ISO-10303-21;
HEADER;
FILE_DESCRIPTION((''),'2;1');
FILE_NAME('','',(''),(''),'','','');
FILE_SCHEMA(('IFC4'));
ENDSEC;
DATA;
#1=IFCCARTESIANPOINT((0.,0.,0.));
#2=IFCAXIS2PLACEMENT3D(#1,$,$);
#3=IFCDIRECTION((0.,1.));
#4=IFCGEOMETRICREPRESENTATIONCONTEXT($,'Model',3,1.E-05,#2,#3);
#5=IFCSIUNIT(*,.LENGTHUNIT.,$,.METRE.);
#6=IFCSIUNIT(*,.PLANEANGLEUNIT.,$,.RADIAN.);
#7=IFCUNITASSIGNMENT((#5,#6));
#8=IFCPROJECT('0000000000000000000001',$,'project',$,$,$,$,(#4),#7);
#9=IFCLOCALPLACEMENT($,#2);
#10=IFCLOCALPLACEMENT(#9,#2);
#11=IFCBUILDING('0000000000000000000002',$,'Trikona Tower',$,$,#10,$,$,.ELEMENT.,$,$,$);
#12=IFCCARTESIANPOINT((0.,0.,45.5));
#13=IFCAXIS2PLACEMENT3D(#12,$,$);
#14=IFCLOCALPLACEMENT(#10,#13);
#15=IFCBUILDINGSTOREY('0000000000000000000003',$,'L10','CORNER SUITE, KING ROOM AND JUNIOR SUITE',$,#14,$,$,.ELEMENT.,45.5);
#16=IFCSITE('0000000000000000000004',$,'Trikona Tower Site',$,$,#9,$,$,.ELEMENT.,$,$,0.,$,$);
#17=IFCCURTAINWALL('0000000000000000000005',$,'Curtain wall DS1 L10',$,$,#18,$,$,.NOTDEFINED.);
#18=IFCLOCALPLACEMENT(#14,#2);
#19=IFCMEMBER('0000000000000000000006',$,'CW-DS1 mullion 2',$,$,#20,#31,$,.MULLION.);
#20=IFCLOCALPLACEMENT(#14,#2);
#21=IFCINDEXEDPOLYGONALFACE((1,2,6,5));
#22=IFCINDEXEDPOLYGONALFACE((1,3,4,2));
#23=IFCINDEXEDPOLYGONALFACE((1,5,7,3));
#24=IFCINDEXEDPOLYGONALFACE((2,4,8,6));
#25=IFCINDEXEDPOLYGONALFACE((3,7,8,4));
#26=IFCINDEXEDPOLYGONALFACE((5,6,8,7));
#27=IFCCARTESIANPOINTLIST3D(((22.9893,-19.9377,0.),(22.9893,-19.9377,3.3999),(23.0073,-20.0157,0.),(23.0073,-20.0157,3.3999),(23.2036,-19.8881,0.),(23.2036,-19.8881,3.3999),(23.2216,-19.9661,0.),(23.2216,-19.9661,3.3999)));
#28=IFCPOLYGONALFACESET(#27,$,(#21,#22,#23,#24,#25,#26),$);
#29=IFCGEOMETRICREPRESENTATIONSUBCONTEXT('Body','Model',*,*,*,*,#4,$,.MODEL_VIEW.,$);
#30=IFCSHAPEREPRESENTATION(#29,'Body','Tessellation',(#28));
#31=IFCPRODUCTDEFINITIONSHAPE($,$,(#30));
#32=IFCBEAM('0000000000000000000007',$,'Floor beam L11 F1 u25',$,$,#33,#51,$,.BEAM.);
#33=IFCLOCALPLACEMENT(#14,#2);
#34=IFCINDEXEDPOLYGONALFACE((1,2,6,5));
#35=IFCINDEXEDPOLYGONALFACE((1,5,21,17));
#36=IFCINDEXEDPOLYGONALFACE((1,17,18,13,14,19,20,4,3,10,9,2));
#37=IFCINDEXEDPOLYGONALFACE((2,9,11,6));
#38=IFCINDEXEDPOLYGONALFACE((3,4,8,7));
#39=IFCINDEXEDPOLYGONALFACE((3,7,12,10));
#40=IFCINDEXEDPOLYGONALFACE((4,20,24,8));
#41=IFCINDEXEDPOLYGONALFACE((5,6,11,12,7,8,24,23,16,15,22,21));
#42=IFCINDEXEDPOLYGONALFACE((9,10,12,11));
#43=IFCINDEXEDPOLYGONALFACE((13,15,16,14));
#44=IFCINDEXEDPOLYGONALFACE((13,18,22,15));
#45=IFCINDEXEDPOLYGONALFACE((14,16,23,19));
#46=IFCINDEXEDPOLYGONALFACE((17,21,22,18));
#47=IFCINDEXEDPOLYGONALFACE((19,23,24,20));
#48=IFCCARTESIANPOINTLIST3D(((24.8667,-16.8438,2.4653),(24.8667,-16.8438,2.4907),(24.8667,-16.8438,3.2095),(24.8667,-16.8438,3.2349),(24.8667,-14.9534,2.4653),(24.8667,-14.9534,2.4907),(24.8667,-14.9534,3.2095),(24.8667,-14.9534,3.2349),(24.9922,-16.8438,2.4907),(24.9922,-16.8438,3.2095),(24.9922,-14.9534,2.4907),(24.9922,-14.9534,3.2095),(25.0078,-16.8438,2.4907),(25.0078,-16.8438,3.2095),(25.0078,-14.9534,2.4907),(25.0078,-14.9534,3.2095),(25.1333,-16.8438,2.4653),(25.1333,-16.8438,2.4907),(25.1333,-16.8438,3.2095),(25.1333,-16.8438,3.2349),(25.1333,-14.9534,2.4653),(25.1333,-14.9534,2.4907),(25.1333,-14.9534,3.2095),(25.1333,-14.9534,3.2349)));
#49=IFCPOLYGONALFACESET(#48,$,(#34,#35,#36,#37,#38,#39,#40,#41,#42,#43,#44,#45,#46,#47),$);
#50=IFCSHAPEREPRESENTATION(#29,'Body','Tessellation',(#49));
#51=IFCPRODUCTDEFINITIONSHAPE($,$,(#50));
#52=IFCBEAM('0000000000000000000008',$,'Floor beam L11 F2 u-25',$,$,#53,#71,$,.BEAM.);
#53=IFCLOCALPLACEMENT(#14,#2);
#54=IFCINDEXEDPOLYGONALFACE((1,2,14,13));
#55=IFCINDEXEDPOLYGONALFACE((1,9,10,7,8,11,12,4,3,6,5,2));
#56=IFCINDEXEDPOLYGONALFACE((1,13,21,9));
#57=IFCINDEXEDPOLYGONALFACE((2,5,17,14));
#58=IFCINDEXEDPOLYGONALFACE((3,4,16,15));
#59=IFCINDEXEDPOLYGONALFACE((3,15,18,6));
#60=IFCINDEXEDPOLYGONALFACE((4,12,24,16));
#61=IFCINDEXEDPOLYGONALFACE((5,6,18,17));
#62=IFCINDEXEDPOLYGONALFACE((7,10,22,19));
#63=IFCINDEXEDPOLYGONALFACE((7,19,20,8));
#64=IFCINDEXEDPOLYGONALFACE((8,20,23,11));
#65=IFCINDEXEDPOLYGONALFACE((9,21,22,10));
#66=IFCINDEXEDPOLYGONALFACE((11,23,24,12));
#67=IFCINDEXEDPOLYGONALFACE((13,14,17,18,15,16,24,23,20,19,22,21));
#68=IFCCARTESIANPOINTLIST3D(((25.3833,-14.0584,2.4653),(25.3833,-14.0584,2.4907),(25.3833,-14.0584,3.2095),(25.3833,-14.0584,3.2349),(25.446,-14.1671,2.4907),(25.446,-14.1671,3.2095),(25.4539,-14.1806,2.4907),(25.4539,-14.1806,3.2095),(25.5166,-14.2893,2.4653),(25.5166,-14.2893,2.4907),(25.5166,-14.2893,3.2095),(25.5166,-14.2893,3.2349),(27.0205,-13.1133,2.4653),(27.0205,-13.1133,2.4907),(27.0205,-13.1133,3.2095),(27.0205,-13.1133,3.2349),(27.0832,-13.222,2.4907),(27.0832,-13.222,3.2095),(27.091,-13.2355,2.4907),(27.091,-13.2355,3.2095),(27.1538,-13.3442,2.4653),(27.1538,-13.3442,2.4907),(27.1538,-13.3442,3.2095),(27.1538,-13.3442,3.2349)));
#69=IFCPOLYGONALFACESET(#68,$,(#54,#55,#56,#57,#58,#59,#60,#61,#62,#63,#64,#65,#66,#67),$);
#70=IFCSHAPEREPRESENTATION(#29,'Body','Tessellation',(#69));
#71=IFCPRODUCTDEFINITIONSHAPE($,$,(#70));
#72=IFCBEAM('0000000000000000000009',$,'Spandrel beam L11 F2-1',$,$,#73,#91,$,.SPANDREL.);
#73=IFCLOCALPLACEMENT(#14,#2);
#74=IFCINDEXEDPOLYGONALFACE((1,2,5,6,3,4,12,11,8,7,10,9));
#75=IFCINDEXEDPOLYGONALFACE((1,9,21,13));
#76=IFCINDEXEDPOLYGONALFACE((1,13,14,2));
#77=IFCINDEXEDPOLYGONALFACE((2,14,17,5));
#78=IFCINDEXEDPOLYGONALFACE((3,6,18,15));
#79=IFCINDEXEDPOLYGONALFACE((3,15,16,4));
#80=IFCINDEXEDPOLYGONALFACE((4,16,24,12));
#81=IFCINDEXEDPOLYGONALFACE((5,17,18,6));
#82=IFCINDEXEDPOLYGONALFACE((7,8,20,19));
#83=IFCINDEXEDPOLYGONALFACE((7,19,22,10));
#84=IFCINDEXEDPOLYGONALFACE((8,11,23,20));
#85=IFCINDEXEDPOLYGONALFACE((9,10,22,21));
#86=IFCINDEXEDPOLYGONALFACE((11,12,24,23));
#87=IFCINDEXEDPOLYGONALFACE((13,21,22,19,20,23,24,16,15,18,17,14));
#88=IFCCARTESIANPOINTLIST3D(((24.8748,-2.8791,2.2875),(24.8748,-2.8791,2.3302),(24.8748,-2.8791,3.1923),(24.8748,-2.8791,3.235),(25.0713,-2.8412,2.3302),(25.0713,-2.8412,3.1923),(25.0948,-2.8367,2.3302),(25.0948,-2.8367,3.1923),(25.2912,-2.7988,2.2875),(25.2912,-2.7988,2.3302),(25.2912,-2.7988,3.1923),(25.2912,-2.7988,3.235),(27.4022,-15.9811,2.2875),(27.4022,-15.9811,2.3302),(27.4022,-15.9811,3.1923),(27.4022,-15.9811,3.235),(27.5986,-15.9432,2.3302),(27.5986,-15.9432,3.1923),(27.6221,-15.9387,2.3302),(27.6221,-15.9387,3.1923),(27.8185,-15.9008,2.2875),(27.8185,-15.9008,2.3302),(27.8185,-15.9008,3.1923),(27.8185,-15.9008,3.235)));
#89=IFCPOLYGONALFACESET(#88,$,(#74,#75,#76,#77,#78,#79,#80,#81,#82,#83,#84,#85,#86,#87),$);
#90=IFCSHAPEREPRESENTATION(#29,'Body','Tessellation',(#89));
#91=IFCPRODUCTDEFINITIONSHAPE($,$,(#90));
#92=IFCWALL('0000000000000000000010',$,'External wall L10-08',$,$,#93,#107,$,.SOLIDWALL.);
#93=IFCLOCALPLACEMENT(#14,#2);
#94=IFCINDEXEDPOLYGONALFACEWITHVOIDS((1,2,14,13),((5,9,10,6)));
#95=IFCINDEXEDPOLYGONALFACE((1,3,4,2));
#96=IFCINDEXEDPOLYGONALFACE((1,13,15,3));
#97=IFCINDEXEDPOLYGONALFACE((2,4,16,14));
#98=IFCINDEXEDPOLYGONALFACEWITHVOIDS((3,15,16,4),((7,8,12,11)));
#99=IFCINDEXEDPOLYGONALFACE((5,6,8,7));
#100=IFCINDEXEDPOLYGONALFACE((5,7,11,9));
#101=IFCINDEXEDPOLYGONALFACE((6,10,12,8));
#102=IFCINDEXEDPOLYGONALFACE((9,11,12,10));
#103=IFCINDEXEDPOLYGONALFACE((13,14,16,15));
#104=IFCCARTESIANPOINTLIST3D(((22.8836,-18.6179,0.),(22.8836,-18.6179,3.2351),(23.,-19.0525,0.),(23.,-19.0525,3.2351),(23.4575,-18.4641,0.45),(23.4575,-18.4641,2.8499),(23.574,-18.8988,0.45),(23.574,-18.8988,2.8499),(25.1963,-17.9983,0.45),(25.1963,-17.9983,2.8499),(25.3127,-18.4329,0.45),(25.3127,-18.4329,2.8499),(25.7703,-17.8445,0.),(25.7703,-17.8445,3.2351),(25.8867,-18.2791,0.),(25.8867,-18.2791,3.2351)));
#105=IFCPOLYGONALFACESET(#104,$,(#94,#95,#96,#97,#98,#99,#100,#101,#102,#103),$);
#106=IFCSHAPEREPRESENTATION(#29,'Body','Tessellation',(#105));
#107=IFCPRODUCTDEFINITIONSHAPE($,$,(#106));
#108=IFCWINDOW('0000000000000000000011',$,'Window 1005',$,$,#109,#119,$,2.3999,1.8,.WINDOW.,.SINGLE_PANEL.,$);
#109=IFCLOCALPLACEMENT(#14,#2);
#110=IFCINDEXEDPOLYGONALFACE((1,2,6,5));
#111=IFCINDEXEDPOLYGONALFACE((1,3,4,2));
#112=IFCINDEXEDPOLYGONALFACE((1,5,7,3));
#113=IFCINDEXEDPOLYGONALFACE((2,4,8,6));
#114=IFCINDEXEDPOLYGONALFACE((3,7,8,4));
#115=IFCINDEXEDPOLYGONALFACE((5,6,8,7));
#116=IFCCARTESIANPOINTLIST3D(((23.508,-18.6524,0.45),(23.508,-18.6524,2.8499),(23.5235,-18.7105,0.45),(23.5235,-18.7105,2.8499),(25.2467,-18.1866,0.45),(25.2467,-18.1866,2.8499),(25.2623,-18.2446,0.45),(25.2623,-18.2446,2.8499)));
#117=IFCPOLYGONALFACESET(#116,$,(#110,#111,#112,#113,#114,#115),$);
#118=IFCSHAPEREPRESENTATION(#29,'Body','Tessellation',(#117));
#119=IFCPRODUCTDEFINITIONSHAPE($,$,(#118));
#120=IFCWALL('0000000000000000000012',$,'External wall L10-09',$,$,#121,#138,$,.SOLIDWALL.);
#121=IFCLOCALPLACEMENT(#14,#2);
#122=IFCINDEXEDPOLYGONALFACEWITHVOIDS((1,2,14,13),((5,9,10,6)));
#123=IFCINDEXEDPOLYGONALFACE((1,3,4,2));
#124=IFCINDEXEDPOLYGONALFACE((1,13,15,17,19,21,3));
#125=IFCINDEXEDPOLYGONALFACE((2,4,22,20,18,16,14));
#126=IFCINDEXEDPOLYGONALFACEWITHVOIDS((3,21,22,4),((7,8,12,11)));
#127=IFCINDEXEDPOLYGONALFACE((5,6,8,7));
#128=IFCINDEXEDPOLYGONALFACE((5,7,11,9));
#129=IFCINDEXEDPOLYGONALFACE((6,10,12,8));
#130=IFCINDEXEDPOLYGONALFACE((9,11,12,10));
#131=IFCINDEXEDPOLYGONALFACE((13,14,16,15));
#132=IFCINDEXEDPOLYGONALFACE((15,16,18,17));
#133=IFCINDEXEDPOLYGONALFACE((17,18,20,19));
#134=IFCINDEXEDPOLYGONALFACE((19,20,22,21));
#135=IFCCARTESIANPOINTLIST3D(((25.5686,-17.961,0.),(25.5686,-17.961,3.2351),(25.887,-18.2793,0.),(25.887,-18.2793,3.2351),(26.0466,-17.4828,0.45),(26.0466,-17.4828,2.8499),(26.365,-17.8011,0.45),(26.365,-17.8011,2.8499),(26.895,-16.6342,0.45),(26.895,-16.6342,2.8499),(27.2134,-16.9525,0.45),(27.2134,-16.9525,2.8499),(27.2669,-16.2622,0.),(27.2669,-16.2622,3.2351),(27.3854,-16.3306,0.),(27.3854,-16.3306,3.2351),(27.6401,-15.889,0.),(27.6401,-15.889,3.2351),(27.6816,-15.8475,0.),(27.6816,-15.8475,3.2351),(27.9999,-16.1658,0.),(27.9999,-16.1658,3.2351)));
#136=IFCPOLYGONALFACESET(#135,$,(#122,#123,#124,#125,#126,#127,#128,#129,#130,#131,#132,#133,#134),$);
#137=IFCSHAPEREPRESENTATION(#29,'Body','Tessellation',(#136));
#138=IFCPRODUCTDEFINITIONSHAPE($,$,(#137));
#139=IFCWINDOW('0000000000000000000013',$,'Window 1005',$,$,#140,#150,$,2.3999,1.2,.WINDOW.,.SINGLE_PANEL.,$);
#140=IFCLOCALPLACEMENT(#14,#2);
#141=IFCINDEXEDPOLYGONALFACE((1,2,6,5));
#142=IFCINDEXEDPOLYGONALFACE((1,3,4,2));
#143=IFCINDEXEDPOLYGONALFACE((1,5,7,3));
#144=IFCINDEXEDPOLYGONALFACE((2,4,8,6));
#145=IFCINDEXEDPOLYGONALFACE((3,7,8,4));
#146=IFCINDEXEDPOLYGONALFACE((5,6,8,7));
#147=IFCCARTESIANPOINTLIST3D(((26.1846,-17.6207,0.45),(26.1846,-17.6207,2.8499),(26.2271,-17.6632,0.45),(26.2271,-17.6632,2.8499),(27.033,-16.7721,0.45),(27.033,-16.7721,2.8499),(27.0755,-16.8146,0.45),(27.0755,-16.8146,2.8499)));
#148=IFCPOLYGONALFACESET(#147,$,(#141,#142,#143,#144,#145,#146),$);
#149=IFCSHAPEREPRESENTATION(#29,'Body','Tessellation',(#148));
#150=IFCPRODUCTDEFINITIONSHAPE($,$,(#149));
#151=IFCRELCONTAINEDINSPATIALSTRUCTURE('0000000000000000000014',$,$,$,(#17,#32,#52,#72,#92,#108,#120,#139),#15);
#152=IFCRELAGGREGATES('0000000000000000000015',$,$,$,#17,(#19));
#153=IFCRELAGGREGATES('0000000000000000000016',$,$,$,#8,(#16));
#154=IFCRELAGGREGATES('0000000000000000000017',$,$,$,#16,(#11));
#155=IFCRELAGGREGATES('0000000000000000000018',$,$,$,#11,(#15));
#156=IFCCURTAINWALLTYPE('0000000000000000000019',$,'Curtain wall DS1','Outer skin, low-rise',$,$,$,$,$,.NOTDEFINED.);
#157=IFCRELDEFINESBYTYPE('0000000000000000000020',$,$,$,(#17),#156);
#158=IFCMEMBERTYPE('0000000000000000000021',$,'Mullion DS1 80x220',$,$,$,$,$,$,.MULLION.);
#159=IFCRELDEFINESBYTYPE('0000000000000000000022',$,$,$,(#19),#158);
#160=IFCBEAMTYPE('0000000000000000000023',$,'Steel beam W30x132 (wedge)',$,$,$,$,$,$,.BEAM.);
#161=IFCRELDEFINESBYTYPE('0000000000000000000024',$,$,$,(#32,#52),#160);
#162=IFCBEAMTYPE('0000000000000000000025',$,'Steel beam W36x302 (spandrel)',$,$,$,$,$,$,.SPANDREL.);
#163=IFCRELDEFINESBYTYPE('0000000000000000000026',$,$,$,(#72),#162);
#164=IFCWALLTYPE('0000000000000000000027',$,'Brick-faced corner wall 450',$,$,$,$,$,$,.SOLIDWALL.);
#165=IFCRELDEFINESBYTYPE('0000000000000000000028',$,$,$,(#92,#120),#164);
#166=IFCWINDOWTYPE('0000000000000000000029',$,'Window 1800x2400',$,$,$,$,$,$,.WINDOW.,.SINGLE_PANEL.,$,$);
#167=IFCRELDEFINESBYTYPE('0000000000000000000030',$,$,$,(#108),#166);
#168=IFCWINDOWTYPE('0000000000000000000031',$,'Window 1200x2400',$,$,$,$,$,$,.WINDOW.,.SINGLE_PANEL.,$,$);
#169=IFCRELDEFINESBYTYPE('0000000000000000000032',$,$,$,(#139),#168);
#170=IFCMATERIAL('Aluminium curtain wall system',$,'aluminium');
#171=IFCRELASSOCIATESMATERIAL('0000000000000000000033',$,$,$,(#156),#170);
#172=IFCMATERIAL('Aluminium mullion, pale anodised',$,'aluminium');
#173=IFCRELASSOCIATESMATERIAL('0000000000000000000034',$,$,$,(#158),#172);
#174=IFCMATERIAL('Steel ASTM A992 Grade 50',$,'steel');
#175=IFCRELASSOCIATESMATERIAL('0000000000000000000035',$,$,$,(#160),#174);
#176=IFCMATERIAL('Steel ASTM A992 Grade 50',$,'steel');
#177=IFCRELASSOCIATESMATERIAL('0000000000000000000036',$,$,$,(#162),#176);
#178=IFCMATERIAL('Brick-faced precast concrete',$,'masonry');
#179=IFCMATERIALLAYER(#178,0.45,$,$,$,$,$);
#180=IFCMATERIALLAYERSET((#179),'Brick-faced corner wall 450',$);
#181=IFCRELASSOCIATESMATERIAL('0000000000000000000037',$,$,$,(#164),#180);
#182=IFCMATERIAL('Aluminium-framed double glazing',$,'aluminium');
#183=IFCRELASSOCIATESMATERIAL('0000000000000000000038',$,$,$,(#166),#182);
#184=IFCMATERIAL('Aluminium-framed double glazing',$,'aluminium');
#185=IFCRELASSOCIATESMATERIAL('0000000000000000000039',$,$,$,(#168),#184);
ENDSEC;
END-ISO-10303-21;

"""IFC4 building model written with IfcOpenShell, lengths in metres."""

from ifc_helpers import new_model, si_unit, direction, frame, frame_2d, origin, origin_2d, place, context, subcontext, project, spatial, polyline, rectangle, i_section, outline, extrude, material, layer, layer_set, material_profile, profile_set, type_object, element, fill, aggregate, save


model = new_model("IFC4")

# Units and contexts
model_context = context("Model", 3, precision=1e-05, world=origin(), true_north=direction((0.0, 1.0)))
body_context = subcontext(model_context, "Body", "Model", "MODEL_VIEW")
ifc_project = project(units=[si_unit("LENGTHUNIT", "METRE"), si_unit("PLANEANGLEUNIT", "RADIAN")], contexts=[model_context])

# Site, building, storey
site_placement = place(None, origin())
site = spatial("IfcSite", under=ifc_project, at=site_placement, Name="Trikona Tower Site", CompositionType="ELEMENT", RefElevation=0.0)
building_placement = place(site_placement, origin())
building = spatial("IfcBuilding", under=site, at=building_placement, Name="Trikona Tower", CompositionType="ELEMENT")
storey_placement = place(building_placement, frame((0.0, 0.0, 45.5)))
storey = spatial("IfcBuildingStorey", under=building, at=storey_placement, Name="L10", Description="CORNER SUITE, KING ROOM AND JUNIOR SUITE", CompositionType="ELEMENT", Elevation=45.5)

# Curtain wall, member
ifc_material_1 = material(Name="Aluminium curtain wall system", Category="aluminium")
curtain_wall_type = type_object("IfcCurtainWallType", Name="Curtain wall DS1", Description="Outer skin, low-rise", PredefinedType="NOTDEFINED", material=ifc_material_1)
curtain_wall_placement = place(storey_placement, origin())
curtain_wall = element("IfcCurtainWall", 1, at=curtain_wall_placement, inside=storey, type_object=curtain_wall_type, Name="Curtain wall DS1 L10", PredefinedType="NOTDEFINED")
ifc_material_2 = material(Name="Aluminium mullion, pale anodised", Category="aluminium")
ifc_material_profile_1 = material_profile(ifc_material_2, rectangle(XDim=0.0801, YDim=0.22, at=origin_2d()), Name="MUL-DS1")
ifc_profile_set_1 = profile_set([ifc_material_profile_1], Name="Aluminium mullion, pale anodised")
member_type = type_object("IfcMemberType", Name="Mullion DS1 80x220", PredefinedType="MULLION", material=ifc_profile_set_1)
member_placement = place(storey_placement, frame((23.1055, -19.9519, 0.0), z_axis=(0.0, 0.0, 1.0), x_axis=(-0.225343, 0.974279, 0.0)))
member = element("IfcMember", 2, at=member_placement, type_object=member_type, Name="CW-DS1 mullion 2", PredefinedType="MULLION", context=body_context, shape_type="SweptSolid", body=[
    extrude(rectangle(XDim=0.0801, YDim=0.22, at=origin_2d()), origin(), (0.0, 0.0, 1.0), 3.3999),
])
aggregate(curtain_wall, [member])

# Beams
ifc_material_3 = material(Name="Steel ASTM A992 Grade 50", Category="steel")
ifc_material_profile_2 = material_profile(ifc_material_3, i_section(OverallWidth=0.2666, OverallDepth=0.7695, WebThickness=0.0156, FlangeThickness=0.0254, at=origin_2d()), Name="W30X132")
ifc_profile_set_2 = profile_set([ifc_material_profile_2], Name="Steel ASTM A992 Grade 50")
beam_type_1 = type_object("IfcBeamType", Name="Steel beam W30x132 (wedge)", PredefinedType="BEAM", material=ifc_profile_set_2)
for number, where, z_axis, x_axis, name in (
    (3, (25.0, -14.9534, 2.8501), (0.0, -1.0, 0.0), (1.0, 0.0, 0.0), "Floor beam L11 F1 u25"),
    (4, (25.45, -14.1738, 2.8501), (0.866065, 0.499931, 0.0), (-0.499931, 0.866065, 0.0), "Floor beam L11 F2 u-25"),
):
    element("IfcBeam", number, at=place(storey_placement, frame(where, z_axis=z_axis, x_axis=x_axis)), inside=storey, type_object=beam_type_1, Name=name, PredefinedType="BEAM", context=body_context, shape_type="SweptSolid", body=[
        extrude(i_section(OverallWidth=0.2666, OverallDepth=0.7695, WebThickness=0.0156, FlangeThickness=0.0254, at=origin_2d()), origin(), (0.0, 0.0, 1.0), 1.8904),
    ])
ifc_material_4 = material(Name="Steel ASTM A992 Grade 50", Category="steel")
ifc_material_profile_3 = material_profile(ifc_material_4, i_section(OverallWidth=0.4241, OverallDepth=0.9475, WebThickness=0.0239, FlangeThickness=0.0427, at=origin_2d()), Name="W36X302")
ifc_profile_set_3 = profile_set([ifc_material_profile_3], Name="Steel ASTM A992 Grade 50")
beam_type_2 = type_object("IfcBeamType", Name="Steel beam W36x302 (spandrel)", PredefinedType="SPANDREL", material=ifc_profile_set_3)
beam_placement = place(storey_placement, frame((27.6104, -15.9409, 2.7612), z_axis=(-0.189405, 0.981899, 0.0), x_axis=(-0.981899, -0.189405, 0.0)))
element("IfcBeam", 5, at=beam_placement, inside=storey, type_object=beam_type_2, Name="Spandrel beam L11 F2-1", PredefinedType="SPANDREL", context=body_context, shape_type="SweptSolid", body=[
    extrude(i_section(OverallWidth=0.4241, OverallDepth=0.9475, WebThickness=0.0239, FlangeThickness=0.0427, at=origin_2d()), origin(), (0.0, 0.0, 1.0), 13.3435),
])

# Walls, openings, windows
ifc_material_5 = material(Name="Brick-faced precast concrete", Category="masonry")
ifc_layer_1 = layer(ifc_material_5, 0.45)
ifc_layer_set_1 = layer_set([ifc_layer_1], Name="Brick-faced corner wall 450")
wall_type_1 = type_object("IfcWallType", Name="Brick-faced corner wall 450", PredefinedType="SOLIDWALL", material=ifc_layer_set_1)
wall_1_placement = place(storey_placement, frame((22.9419, -18.8352, 0.0), z_axis=(0.0, 0.0, 1.0), x_axis=(0.965931, 0.258801, 0.0)))
wall_1 = element("IfcWall", 6, at=wall_1_placement, inside=storey, type_object=wall_type_1, Name="External wall L10-08", PredefinedType="SOLIDWALL", context=body_context, shape_type="SweptSolid", body=[
    extrude(rectangle(XDim=2.9885, YDim=0.45, at=frame_2d((1.4941, 0.0))), origin(), (0.0, 0.0, 1.0), 3.2351),
])
opening_1_placement = place(wall_1_placement, frame((0.5942, 0.0, 0.45)))
opening_1 = element("IfcOpeningElement", 7, at=opening_1_placement, cuts=wall_1, PredefinedType="OPENING", context=body_context, shape_type="SweptSolid", body=[
    extrude(rectangle(XDim=1.8, YDim=2.3999, at=frame_2d((0.8999, 1.2))), frame((0.0, 0.2349, 0.0), z_axis=(0.0, -1.0, 0.0), x_axis=(1.0, 0.0, 0.0)), (0.0, 0.0, 1.0), 0.47),
])
ifc_material_6 = material(Name="Aluminium-framed double glazing", Category="aluminium")
window_type_1 = type_object("IfcWindowType", Name="Window 1800x2400", PartitioningType="SINGLE_PANEL", PredefinedType="WINDOW", material=ifc_material_6)
window_1_placement = place(opening_1_placement, origin())
window_1 = element("IfcWindow", 8, at=window_1_placement, inside=storey, type_object=window_type_1, Name="Window 1005", OverallHeight=2.3999, OverallWidth=1.8, PartitioningType="SINGLE_PANEL", PredefinedType="WINDOW", context=body_context, shape_type="SweptSolid", body=[
    extrude(rectangle(XDim=1.8, YDim=2.3999, at=frame_2d((0.8999, 1.2))), frame((0.0, 0.03, 0.0), z_axis=(0.0, -1.0, 0.0), x_axis=(1.0, 0.0, 0.0)), (0.0, 0.0, 1.0), 0.0601),
])
fill(opening_1, window_1)
wall_2_placement = place(storey_placement, frame((25.7278, -18.1201, 0.0), z_axis=(0.0, 0.0, 1.0), x_axis=(0.707025, 0.707188, 0.0)))
wall_2 = element("IfcWall", 9, at=wall_2_placement, inside=storey, type_object=wall_type_1, Name="External wall L10-09", PredefinedType="SOLIDWALL", context=body_context, shape_type="SweptSolid", body=[
    extrude(outline(polyline([(2.9885, 0.2251), (2.9299, 0.2251), (2.4375, 0.093), (2.4021, 0.2251), (0.0, 0.2251), (0.0, -0.2251), (2.9885, -0.2251), (2.9885, 0.2251)])), origin(), (0.0, 0.0, 1.0), 3.2351),
])
opening_2_placement = place(wall_2_placement, frame((0.676, 0.0, 0.45)))
opening_2 = element("IfcOpeningElement", 10, at=opening_2_placement, cuts=wall_2, PredefinedType="OPENING", context=body_context, shape_type="SweptSolid", body=[
    extrude(rectangle(XDim=1.2, YDim=2.3999, at=frame_2d((0.6001, 1.2))), frame((0.0, 0.2349, 0.0), z_axis=(0.0, -1.0, 0.0), x_axis=(1.0, 0.0, 0.0)), (0.0, 0.0, 1.0), 0.47),
])
ifc_material_7 = material(Name="Aluminium-framed double glazing", Category="aluminium")
window_type_2 = type_object("IfcWindowType", Name="Window 1200x2400", PartitioningType="SINGLE_PANEL", PredefinedType="WINDOW", material=ifc_material_7)
window_2_placement = place(opening_2_placement, origin())
window_2 = element("IfcWindow", 11, at=window_2_placement, inside=storey, type_object=window_type_2, Name="Window 1005", OverallHeight=2.3999, OverallWidth=1.2, PartitioningType="SINGLE_PANEL", PredefinedType="WINDOW", context=body_context, shape_type="SweptSolid", body=[
    extrude(rectangle(XDim=1.2, YDim=2.3999, at=frame_2d((0.6001, 1.2))), frame((0.0, 0.03, 0.0), z_axis=(0.0, -1.0, 0.0), x_axis=(1.0, 0.0, 0.0)), (0.0, 0.0, 1.0), 0.0601),
])
fill(opening_2, window_2)

save(model, "model.ifc")
